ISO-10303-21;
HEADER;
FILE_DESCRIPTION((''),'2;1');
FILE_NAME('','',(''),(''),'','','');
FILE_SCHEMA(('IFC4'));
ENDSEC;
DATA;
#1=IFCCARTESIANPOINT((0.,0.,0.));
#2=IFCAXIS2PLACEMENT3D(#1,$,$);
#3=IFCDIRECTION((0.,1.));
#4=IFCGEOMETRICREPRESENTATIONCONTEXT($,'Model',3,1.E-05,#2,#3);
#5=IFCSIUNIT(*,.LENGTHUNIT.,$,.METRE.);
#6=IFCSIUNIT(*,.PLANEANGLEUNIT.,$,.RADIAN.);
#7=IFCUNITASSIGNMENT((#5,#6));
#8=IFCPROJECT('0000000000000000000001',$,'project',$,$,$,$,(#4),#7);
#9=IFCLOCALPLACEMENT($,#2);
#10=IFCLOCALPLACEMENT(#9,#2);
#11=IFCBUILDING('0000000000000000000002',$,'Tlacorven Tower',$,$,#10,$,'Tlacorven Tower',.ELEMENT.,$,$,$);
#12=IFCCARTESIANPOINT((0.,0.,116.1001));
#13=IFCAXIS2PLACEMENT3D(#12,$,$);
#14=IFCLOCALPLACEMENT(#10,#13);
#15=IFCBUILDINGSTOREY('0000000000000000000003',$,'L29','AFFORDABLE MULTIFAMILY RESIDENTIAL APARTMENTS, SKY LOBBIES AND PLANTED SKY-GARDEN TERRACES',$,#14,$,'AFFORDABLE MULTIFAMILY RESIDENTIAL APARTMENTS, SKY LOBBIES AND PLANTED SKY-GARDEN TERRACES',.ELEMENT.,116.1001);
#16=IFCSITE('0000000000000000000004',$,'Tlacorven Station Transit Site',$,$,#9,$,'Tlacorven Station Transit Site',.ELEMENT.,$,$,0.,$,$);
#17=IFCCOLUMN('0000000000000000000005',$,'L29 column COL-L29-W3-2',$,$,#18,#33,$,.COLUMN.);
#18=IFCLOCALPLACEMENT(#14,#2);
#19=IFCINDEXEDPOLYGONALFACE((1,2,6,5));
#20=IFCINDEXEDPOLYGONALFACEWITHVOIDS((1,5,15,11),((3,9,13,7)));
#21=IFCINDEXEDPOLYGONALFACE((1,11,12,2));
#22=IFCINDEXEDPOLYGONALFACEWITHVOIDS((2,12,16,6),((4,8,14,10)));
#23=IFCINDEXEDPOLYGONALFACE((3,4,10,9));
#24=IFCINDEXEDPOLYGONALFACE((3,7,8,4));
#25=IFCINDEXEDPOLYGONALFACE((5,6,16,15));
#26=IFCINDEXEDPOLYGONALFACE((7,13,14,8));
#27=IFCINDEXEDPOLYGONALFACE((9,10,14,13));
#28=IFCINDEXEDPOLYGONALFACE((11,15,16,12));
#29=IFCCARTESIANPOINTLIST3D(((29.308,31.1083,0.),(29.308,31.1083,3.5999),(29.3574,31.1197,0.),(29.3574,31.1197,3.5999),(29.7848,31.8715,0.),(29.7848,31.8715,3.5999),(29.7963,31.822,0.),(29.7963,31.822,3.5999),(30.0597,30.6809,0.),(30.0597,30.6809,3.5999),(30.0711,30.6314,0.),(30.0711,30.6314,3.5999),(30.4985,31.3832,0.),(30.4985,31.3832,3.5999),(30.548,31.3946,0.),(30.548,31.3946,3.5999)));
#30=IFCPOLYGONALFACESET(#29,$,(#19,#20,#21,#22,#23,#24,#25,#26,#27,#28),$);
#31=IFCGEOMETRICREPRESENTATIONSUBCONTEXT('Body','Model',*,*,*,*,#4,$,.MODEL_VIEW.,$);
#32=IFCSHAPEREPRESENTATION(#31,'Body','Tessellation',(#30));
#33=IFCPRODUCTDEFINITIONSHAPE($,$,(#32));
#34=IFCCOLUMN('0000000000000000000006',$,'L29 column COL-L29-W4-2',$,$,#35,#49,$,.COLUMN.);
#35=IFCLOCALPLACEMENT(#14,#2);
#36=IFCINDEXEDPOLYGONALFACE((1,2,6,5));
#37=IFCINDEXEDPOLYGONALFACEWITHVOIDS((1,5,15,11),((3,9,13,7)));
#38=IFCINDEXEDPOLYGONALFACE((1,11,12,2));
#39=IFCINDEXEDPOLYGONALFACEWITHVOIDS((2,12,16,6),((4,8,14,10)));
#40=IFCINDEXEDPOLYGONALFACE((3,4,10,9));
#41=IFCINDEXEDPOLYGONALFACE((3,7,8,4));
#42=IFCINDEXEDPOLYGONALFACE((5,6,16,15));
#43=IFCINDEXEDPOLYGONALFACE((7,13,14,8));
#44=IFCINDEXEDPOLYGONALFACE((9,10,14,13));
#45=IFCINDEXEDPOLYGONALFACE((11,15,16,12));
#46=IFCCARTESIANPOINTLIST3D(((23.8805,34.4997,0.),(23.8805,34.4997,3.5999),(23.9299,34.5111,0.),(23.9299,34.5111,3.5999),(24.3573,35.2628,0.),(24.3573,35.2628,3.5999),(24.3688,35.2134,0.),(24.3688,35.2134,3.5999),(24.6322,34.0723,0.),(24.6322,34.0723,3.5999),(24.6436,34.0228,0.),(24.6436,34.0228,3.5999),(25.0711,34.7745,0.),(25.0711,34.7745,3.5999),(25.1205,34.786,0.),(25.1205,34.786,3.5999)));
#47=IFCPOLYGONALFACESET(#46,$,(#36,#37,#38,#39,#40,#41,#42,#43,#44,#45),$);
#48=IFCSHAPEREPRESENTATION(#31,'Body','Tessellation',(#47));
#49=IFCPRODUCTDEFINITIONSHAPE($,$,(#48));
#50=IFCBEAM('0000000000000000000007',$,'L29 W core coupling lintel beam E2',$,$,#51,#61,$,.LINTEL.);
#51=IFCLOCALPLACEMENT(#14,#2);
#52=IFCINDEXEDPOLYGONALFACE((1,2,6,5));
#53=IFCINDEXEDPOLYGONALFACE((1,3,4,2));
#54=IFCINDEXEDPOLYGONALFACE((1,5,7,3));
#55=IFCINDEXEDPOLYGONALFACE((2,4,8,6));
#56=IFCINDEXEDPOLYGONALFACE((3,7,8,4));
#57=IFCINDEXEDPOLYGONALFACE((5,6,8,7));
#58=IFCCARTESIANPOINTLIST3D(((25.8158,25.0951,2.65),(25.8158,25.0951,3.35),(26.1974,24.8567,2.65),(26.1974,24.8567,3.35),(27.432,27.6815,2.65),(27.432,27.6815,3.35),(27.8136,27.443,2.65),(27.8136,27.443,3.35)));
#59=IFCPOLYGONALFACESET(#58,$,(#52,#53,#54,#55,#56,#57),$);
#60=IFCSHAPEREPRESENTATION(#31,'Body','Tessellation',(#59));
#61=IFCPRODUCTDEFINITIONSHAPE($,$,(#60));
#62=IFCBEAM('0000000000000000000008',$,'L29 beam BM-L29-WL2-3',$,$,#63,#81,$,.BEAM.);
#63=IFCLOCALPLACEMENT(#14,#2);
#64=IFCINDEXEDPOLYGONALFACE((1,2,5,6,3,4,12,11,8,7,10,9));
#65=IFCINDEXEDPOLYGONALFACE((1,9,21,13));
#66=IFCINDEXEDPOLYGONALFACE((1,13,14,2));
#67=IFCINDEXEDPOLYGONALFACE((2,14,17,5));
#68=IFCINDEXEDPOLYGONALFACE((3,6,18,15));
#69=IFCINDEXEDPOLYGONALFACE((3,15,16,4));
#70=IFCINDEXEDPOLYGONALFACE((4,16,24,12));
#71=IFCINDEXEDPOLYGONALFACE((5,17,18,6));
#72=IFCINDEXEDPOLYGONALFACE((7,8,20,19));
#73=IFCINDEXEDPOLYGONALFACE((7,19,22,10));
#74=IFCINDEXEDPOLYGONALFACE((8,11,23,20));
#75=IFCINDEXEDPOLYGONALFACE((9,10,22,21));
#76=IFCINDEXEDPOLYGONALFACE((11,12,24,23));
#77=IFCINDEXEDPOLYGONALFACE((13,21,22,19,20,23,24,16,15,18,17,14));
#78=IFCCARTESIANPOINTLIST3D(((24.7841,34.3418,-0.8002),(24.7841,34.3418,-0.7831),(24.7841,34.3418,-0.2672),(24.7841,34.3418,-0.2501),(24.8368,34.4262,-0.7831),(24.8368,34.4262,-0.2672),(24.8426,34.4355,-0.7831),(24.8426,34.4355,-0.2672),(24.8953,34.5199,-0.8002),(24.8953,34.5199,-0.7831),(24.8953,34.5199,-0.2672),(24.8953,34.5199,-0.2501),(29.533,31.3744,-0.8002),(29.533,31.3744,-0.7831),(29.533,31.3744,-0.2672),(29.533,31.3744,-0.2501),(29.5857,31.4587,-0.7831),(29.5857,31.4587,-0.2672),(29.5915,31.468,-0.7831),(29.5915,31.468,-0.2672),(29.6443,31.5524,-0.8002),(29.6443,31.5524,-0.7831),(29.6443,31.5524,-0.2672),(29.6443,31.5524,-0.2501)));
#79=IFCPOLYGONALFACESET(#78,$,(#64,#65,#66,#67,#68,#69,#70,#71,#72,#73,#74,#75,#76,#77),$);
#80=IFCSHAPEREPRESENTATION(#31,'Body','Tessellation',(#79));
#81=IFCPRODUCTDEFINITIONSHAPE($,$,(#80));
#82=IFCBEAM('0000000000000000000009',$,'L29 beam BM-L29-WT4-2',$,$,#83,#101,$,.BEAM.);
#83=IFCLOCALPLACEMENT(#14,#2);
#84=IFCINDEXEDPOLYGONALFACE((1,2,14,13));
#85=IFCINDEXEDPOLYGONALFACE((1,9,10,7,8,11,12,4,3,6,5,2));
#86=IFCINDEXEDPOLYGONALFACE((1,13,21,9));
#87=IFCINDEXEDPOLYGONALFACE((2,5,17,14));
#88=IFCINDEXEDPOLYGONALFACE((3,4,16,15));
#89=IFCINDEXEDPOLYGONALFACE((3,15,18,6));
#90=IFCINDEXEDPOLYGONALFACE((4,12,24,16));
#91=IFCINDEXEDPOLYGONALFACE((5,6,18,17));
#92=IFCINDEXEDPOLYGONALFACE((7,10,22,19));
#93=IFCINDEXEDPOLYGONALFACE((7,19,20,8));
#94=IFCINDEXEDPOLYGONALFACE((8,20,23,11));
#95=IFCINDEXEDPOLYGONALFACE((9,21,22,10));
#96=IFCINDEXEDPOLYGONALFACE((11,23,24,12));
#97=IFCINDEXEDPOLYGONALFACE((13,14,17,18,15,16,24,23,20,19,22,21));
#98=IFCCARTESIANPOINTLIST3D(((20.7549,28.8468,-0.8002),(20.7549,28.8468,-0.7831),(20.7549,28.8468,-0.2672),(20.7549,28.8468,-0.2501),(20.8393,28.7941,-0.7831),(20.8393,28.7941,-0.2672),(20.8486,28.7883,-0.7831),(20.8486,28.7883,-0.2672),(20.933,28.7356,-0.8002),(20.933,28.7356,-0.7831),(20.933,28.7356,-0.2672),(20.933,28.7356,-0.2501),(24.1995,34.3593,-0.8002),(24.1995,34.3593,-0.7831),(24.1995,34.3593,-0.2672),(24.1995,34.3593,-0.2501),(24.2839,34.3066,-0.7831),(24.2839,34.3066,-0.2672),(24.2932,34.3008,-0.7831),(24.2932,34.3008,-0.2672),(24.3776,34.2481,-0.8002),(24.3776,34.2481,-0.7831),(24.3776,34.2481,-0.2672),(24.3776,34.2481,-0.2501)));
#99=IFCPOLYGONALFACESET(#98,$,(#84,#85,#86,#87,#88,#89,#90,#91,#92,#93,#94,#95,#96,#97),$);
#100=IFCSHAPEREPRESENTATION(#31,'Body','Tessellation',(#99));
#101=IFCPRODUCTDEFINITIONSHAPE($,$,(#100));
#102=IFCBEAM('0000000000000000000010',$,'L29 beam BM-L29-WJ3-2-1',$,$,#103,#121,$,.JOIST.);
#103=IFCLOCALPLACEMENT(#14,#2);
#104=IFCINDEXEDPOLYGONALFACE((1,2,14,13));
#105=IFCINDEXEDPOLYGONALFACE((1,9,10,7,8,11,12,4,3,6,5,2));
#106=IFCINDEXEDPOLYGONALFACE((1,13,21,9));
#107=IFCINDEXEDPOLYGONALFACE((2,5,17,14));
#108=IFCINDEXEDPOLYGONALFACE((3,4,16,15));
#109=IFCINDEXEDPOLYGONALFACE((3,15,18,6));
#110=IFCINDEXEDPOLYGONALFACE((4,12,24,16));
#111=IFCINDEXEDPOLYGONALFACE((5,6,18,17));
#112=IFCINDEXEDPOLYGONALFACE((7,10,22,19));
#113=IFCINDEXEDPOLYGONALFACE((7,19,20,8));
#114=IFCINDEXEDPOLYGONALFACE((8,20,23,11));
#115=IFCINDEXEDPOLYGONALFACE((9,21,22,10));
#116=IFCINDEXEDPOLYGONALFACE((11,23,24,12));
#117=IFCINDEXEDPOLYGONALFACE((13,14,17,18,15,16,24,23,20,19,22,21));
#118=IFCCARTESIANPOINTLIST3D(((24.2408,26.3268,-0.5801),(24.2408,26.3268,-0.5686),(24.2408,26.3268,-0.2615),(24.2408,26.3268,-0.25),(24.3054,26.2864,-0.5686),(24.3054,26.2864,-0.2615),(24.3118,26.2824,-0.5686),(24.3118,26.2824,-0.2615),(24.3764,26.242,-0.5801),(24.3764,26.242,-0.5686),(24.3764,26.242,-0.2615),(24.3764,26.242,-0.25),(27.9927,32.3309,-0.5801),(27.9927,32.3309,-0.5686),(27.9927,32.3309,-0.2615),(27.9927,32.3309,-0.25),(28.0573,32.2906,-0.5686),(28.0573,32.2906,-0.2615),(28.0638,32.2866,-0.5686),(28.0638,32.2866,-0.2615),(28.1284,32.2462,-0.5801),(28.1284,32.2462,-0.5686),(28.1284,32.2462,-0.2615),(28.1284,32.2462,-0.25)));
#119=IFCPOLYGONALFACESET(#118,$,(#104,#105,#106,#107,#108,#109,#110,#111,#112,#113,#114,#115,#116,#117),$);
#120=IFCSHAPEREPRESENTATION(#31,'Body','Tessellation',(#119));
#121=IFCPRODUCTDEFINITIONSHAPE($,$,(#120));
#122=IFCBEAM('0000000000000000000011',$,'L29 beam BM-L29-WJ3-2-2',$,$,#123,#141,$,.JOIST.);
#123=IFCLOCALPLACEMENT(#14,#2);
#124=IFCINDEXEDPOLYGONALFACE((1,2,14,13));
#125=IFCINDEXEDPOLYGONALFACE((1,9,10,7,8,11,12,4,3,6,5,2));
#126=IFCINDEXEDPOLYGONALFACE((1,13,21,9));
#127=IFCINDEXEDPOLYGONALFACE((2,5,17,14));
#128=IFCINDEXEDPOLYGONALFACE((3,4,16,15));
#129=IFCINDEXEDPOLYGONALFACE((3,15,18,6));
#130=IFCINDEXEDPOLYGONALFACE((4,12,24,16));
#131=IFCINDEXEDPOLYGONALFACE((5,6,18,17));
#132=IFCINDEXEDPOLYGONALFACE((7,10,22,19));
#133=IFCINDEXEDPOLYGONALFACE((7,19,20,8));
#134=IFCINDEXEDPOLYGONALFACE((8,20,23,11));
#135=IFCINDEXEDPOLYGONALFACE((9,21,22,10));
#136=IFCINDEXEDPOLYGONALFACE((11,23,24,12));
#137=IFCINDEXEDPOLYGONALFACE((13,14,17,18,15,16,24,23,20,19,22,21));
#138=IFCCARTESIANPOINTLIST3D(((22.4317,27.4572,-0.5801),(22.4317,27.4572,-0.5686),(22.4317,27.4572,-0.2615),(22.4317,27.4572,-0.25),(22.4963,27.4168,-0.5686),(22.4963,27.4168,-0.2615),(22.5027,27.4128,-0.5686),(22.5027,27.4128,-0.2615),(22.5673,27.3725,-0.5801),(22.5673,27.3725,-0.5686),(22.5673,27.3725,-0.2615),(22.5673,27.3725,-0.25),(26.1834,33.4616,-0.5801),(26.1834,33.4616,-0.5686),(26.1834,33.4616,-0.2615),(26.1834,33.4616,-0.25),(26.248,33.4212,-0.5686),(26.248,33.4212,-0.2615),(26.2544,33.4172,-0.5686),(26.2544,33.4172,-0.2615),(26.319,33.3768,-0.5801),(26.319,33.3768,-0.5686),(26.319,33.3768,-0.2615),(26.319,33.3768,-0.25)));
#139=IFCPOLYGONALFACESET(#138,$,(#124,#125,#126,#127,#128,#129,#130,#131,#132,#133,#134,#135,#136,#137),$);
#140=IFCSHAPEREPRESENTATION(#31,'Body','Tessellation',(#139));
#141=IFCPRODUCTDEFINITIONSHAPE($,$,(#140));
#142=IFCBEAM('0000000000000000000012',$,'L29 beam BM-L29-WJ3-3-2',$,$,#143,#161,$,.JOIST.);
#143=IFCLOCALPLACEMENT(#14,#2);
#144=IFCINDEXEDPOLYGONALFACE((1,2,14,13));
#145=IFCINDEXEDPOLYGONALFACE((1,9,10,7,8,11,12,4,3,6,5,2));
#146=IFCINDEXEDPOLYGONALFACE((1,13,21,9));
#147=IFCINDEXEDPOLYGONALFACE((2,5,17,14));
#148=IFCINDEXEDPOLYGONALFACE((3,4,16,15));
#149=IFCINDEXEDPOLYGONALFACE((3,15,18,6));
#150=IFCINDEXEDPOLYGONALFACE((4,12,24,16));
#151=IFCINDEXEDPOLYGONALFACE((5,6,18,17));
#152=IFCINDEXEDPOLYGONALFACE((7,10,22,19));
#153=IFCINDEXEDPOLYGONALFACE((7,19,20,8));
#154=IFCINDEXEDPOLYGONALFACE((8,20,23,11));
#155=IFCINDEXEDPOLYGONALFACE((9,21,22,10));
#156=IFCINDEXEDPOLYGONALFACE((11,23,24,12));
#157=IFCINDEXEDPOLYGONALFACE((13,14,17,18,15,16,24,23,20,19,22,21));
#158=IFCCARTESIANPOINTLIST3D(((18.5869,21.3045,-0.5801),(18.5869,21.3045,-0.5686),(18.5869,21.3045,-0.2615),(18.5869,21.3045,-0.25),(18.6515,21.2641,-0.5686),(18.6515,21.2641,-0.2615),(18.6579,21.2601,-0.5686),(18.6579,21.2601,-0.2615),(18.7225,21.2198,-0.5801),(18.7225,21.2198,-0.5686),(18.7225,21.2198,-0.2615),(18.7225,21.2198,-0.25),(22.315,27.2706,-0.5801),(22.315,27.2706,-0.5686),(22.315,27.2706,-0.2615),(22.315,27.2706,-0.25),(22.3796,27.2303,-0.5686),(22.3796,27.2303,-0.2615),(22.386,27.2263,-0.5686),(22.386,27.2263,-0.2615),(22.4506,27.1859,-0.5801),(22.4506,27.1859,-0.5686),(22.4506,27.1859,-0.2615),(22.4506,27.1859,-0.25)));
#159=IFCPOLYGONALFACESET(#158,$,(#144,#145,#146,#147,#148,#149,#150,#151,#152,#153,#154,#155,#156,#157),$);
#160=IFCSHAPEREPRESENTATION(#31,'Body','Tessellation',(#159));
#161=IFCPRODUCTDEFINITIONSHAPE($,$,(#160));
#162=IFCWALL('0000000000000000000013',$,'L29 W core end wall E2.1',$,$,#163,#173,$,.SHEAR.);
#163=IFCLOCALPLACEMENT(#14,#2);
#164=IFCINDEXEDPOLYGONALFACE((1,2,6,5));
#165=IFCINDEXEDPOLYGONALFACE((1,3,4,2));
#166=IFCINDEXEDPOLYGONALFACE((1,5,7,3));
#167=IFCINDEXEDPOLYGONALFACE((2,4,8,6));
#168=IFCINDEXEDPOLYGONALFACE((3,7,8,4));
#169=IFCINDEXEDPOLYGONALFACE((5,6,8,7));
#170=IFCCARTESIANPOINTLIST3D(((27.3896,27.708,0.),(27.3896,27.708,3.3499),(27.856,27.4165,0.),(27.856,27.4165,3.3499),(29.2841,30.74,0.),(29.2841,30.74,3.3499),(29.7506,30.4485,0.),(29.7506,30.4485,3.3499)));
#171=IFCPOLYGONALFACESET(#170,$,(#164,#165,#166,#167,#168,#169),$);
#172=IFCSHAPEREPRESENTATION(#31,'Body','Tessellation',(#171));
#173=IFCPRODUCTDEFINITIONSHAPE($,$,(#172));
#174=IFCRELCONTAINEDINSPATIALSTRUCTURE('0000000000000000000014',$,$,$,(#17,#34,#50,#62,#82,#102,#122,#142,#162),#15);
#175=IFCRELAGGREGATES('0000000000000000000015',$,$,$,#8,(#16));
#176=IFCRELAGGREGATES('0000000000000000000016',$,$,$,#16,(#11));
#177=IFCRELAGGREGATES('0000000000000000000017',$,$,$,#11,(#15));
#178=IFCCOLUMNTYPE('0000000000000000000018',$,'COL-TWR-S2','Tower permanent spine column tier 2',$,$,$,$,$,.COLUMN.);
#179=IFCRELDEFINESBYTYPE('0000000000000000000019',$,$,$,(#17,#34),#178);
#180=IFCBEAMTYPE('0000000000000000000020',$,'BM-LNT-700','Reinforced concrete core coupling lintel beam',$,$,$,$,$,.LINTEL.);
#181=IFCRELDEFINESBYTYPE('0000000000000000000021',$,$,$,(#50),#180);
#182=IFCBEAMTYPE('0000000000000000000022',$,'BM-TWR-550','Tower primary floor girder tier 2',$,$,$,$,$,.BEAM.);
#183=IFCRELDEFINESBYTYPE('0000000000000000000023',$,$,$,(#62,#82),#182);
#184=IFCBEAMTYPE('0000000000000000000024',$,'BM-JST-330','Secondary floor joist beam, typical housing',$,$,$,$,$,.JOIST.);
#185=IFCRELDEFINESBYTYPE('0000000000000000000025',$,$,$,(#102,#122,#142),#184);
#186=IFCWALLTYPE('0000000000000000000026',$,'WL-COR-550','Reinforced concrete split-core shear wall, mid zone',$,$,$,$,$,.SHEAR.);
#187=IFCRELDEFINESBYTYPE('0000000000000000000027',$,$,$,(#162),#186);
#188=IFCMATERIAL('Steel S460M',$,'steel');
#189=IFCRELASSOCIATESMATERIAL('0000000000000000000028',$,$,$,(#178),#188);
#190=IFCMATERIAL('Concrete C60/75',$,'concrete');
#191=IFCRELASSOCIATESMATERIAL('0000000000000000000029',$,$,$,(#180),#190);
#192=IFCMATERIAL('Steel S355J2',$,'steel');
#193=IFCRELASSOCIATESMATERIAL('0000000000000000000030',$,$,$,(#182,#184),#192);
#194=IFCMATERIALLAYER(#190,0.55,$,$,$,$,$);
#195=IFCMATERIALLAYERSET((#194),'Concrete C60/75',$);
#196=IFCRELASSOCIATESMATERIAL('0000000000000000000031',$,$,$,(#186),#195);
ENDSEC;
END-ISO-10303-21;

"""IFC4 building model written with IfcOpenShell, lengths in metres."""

from ifc_helpers import new_model, si_unit, direction, frame, frame_2d, origin, origin_2d, place, context, subcontext, project, spatial, rectangle, hollow_rectangle, i_section, extrude, source, transform, mapped, material, layer, layer_set, material_profile, profile_set, type_object, element, save


model = new_model("IFC4")

# Units and contexts
model_context = context("Model", 3, precision=1e-05, world=origin(), true_north=direction((0.0, 1.0)))
body_context = subcontext(model_context, "Body", "Model", "MODEL_VIEW")
ifc_project = project(units=[si_unit("LENGTHUNIT", "METRE"), si_unit("PLANEANGLEUNIT", "RADIAN")], contexts=[model_context])

# Site, building, storey
site_placement = place(None, origin())
site = spatial("IfcSite", under=ifc_project, at=site_placement, Name="Tlacorven Station Transit Site", LongName="Tlacorven Station Transit Site", CompositionType="ELEMENT", RefElevation=0.0)
building_placement = place(site_placement, origin())
building = spatial("IfcBuilding", under=site, at=building_placement, Name="Tlacorven Tower", LongName="Tlacorven Tower", CompositionType="ELEMENT")
storey_placement = place(building_placement, frame((0.0, 0.0, 116.1001)))
storey = spatial("IfcBuildingStorey", under=building, at=storey_placement, Name="L29", Description="AFFORDABLE MULTIFAMILY RESIDENTIAL APARTMENTS, SKY LOBBIES AND PLANTED SKY-GARDEN TERRACES", LongName="AFFORDABLE MULTIFAMILY RESIDENTIAL APARTMENTS, SKY LOBBIES AND PLANTED SKY-GARDEN TERRACES", CompositionType="ELEMENT", Elevation=116.1001)

# Columns
ifc_material_1 = material(Name="Steel S460M", Category="steel")
ifc_material_profile_1 = material_profile(ifc_material_1, hollow_rectangle(XDim=0.8999, YDim=0.8999, WallThickness=0.0359, at=origin_2d()), Name="BOX 900X900X36")
ifc_profile_set_1 = profile_set([ifc_material_profile_1], Name="Steel S460M")
column_type = type_object("IfcColumnType", Name="COL-TWR-S2", Description="Tower permanent spine column tier 2", PredefinedType="COLUMN", material=ifc_profile_set_1)
shared_shape_1 = source(origin(), body_context, "Body", "SweptSolid", [
    extrude(hollow_rectangle(XDim=0.8999, YDim=0.8999, WallThickness=0.0359, at=origin_2d()), origin(), (0.0, 0.0, 1.0), 3.5999),
])
for number, where, z_axis, x_axis, name in (
    (1, (29.928, 31.2515, 0.0), (0.0, 0.0, 1.0), (-0.848048, 0.529919, 0.0), "L29 column COL-L29-W3-2"),
    (2, (24.5005, 34.6428, 0.0), (0.0, 0.0, 1.0), (-0.848048, 0.529919, 0.0), "L29 column COL-L29-W4-2"),
):
    element("IfcColumn", number, at=place(storey_placement, frame(where, z_axis=z_axis, x_axis=x_axis)), inside=storey, type_object=column_type, Name=name, PredefinedType="COLUMN", context=body_context, shape_type="MappedRepresentation", body=[
        mapped(shared_shape_1, transform((0.0, 0.0, 0.0), scale=1.0)),
    ])

# Beams
ifc_material_2 = material(Name="Concrete C60/75", Category="concrete")
ifc_material_profile_2 = material_profile(ifc_material_2, rectangle(XDim=0.45, YDim=0.7, at=origin_2d()), Name="RC 450X700")
ifc_profile_set_2 = profile_set([ifc_material_profile_2], Name="Concrete C60/75")
beam_type_1 = type_object("IfcBeamType", Name="BM-LNT-700", Description="Reinforced concrete core coupling lintel beam", PredefinedType="LINTEL", material=ifc_profile_set_2)
shared_shape_2 = source(origin(), body_context, "Body", "SweptSolid", [
    extrude(rectangle(XDim=0.45, YDim=0.7, at=origin_2d()), origin(), (0.0, 0.0, 1.0), 3.0498),
])
beam_1_placement = place(storey_placement, frame((27.6228, 27.5623, 3.0), z_axis=(-0.529927, -0.848043, 0.0), x_axis=(0.848043, -0.529927, 0.0)))
element("IfcBeam", 3, at=beam_1_placement, inside=storey, type_object=beam_type_1, Name="L29 W core coupling lintel beam E2", PredefinedType="LINTEL", context=body_context, shape_type="MappedRepresentation", body=[
    mapped(shared_shape_2, transform((0.0, 0.0, 0.0), scale=1.0)),
])
ifc_material_3 = material(Name="Steel S355J2", Category="steel")
ifc_material_profile_3 = material_profile(ifc_material_3, i_section(OverallWidth=0.21, OverallDepth=0.55, WebThickness=0.011, FlangeThickness=0.0171, at=origin_2d()), Name="IPE 550")
ifc_profile_set_3 = profile_set([ifc_material_profile_3], Name="Steel S355J2")
beam_type_2 = type_object("IfcBeamType", Name="BM-TWR-550", Description="Tower primary floor girder tier 2", PredefinedType="BEAM", material=ifc_profile_set_3)
shared_shape_3 = source(origin(), body_context, "Body", "SweptSolid", [
    extrude(i_section(OverallWidth=0.21, OverallDepth=0.55, WebThickness=0.011, FlangeThickness=0.0171, at=origin_2d()), origin(), (0.0, 0.0, 1.0), 5.5999),
])
beam_2_placement = place(storey_placement, frame((29.5886, 31.4634, -0.5251), z_axis=(-0.848047, 0.529921, 0.0), x_axis=(-0.529921, -0.848047, 0.0)))
element("IfcBeam", 4, at=beam_2_placement, inside=storey, type_object=beam_type_2, Name="L29 beam BM-L29-WL2-3", PredefinedType="BEAM", context=body_context, shape_type="MappedRepresentation", body=[
    mapped(shared_shape_3, transform((0.0, 0.0, 0.0), scale=1.0)),
])
shared_shape_4 = source(origin(), body_context, "Body", "SweptSolid", [
    extrude(i_section(OverallWidth=0.21, OverallDepth=0.55, WebThickness=0.011, FlangeThickness=0.0171, at=origin_2d()), origin(), (0.0, 0.0, 1.0), 6.5002),
])
beam_3_placement = place(storey_placement, frame((24.2886, 34.3037, -0.5251), z_axis=(-0.529921, -0.848047, 0.0), x_axis=(0.848047, -0.529921, 0.0)))
element("IfcBeam", 5, at=beam_3_placement, inside=storey, type_object=beam_type_2, Name="L29 beam BM-L29-WT4-2", PredefinedType="BEAM", context=body_context, shape_type="MappedRepresentation", body=[
    mapped(shared_shape_4, transform((0.0, 0.0, 0.0), scale=1.0)),
])
ifc_material_profile_4 = material_profile(ifc_material_3, i_section(OverallWidth=0.1599, OverallDepth=0.3301, WebThickness=0.0076, FlangeThickness=0.0115, at=origin_2d()), Name="IPE 330")
ifc_profile_set_4 = profile_set([ifc_material_profile_4], Name="Steel S355J2")
beam_type_3 = type_object("IfcBeamType", Name="BM-JST-330", Description="Secondary floor joist beam, typical housing", PredefinedType="JOIST", material=ifc_profile_set_4)
shared_shape_5 = source(origin(), body_context, "Body", "SweptSolid", [
    extrude(i_section(OverallWidth=0.1599, OverallDepth=0.3301, WebThickness=0.0076, FlangeThickness=0.0115, at=origin_2d()), origin(), (0.0, 0.0, 1.0), 7.0801),
])
for number, where, z_axis, x_axis, name in (
    (6, (28.0605, 32.2886, -0.415), (-0.529934, -0.848039, 0.0), (0.848039, -0.529934, 0.0), "L29 beam BM-L29-WJ3-2-1"),
    (7, (26.2512, 33.4192, -0.415), (-0.529894, -0.848064, 0.0), (0.848064, -0.529894, 0.0), "L29 beam BM-L29-WJ3-2-2"),
):
    element("IfcBeam", number, at=place(storey_placement, frame(where, z_axis=z_axis, x_axis=x_axis)), inside=storey, type_object=beam_type_3, Name=name, PredefinedType="JOIST", context=body_context, shape_type="MappedRepresentation", body=[
        mapped(shared_shape_5, transform((0.0, 0.0, 0.0), scale=1.0)),
    ])
shared_shape_6 = source(origin(), body_context, "Body", "SweptSolid", [
    extrude(i_section(OverallWidth=0.1599, OverallDepth=0.3301, WebThickness=0.0076, FlangeThickness=0.0115, at=origin_2d()), origin(), (0.0, 0.0, 1.0), 7.0352),
])
beam_4_placement = place(storey_placement, frame((22.3828, 27.2283, -0.415), z_axis=(-0.529921, -0.848047, 0.0), x_axis=(0.848047, -0.529921, 0.0)))
element("IfcBeam", 8, at=beam_4_placement, inside=storey, type_object=beam_type_3, Name="L29 beam BM-L29-WJ3-3-2", PredefinedType="JOIST", context=body_context, shape_type="MappedRepresentation", body=[
    mapped(shared_shape_6, transform((0.0, 0.0, 0.0), scale=1.0)),
])

# Wall
ifc_layer_1 = layer(ifc_material_2, 0.55)
ifc_layer_set_1 = layer_set([ifc_layer_1], Name="Concrete C60/75")
wall_type_1 = type_object("IfcWallType", Name="WL-COR-550", Description="Reinforced concrete split-core shear wall, mid zone", PredefinedType="SHEAR", material=ifc_layer_set_1)
wall_1_placement = place(storey_placement, frame((29.5173, 30.5942, 0.0), z_axis=(0.0, 0.0, 1.0), x_axis=(-0.529907, -0.848056, 0.0)))
element("IfcWall", 9, at=wall_1_placement, inside=storey, type_object=wall_type_1, Name="L29 W core end wall E2.1", PredefinedType="SHEAR", context=body_context, shape_type="SweptSolid", body=[
    extrude(rectangle(XDim=3.5752, YDim=0.55, at=frame_2d((1.7876, 0.0))), origin(), (0.0, 0.0, 1.0), 3.3499),
])

save(model, "model.ifc")
